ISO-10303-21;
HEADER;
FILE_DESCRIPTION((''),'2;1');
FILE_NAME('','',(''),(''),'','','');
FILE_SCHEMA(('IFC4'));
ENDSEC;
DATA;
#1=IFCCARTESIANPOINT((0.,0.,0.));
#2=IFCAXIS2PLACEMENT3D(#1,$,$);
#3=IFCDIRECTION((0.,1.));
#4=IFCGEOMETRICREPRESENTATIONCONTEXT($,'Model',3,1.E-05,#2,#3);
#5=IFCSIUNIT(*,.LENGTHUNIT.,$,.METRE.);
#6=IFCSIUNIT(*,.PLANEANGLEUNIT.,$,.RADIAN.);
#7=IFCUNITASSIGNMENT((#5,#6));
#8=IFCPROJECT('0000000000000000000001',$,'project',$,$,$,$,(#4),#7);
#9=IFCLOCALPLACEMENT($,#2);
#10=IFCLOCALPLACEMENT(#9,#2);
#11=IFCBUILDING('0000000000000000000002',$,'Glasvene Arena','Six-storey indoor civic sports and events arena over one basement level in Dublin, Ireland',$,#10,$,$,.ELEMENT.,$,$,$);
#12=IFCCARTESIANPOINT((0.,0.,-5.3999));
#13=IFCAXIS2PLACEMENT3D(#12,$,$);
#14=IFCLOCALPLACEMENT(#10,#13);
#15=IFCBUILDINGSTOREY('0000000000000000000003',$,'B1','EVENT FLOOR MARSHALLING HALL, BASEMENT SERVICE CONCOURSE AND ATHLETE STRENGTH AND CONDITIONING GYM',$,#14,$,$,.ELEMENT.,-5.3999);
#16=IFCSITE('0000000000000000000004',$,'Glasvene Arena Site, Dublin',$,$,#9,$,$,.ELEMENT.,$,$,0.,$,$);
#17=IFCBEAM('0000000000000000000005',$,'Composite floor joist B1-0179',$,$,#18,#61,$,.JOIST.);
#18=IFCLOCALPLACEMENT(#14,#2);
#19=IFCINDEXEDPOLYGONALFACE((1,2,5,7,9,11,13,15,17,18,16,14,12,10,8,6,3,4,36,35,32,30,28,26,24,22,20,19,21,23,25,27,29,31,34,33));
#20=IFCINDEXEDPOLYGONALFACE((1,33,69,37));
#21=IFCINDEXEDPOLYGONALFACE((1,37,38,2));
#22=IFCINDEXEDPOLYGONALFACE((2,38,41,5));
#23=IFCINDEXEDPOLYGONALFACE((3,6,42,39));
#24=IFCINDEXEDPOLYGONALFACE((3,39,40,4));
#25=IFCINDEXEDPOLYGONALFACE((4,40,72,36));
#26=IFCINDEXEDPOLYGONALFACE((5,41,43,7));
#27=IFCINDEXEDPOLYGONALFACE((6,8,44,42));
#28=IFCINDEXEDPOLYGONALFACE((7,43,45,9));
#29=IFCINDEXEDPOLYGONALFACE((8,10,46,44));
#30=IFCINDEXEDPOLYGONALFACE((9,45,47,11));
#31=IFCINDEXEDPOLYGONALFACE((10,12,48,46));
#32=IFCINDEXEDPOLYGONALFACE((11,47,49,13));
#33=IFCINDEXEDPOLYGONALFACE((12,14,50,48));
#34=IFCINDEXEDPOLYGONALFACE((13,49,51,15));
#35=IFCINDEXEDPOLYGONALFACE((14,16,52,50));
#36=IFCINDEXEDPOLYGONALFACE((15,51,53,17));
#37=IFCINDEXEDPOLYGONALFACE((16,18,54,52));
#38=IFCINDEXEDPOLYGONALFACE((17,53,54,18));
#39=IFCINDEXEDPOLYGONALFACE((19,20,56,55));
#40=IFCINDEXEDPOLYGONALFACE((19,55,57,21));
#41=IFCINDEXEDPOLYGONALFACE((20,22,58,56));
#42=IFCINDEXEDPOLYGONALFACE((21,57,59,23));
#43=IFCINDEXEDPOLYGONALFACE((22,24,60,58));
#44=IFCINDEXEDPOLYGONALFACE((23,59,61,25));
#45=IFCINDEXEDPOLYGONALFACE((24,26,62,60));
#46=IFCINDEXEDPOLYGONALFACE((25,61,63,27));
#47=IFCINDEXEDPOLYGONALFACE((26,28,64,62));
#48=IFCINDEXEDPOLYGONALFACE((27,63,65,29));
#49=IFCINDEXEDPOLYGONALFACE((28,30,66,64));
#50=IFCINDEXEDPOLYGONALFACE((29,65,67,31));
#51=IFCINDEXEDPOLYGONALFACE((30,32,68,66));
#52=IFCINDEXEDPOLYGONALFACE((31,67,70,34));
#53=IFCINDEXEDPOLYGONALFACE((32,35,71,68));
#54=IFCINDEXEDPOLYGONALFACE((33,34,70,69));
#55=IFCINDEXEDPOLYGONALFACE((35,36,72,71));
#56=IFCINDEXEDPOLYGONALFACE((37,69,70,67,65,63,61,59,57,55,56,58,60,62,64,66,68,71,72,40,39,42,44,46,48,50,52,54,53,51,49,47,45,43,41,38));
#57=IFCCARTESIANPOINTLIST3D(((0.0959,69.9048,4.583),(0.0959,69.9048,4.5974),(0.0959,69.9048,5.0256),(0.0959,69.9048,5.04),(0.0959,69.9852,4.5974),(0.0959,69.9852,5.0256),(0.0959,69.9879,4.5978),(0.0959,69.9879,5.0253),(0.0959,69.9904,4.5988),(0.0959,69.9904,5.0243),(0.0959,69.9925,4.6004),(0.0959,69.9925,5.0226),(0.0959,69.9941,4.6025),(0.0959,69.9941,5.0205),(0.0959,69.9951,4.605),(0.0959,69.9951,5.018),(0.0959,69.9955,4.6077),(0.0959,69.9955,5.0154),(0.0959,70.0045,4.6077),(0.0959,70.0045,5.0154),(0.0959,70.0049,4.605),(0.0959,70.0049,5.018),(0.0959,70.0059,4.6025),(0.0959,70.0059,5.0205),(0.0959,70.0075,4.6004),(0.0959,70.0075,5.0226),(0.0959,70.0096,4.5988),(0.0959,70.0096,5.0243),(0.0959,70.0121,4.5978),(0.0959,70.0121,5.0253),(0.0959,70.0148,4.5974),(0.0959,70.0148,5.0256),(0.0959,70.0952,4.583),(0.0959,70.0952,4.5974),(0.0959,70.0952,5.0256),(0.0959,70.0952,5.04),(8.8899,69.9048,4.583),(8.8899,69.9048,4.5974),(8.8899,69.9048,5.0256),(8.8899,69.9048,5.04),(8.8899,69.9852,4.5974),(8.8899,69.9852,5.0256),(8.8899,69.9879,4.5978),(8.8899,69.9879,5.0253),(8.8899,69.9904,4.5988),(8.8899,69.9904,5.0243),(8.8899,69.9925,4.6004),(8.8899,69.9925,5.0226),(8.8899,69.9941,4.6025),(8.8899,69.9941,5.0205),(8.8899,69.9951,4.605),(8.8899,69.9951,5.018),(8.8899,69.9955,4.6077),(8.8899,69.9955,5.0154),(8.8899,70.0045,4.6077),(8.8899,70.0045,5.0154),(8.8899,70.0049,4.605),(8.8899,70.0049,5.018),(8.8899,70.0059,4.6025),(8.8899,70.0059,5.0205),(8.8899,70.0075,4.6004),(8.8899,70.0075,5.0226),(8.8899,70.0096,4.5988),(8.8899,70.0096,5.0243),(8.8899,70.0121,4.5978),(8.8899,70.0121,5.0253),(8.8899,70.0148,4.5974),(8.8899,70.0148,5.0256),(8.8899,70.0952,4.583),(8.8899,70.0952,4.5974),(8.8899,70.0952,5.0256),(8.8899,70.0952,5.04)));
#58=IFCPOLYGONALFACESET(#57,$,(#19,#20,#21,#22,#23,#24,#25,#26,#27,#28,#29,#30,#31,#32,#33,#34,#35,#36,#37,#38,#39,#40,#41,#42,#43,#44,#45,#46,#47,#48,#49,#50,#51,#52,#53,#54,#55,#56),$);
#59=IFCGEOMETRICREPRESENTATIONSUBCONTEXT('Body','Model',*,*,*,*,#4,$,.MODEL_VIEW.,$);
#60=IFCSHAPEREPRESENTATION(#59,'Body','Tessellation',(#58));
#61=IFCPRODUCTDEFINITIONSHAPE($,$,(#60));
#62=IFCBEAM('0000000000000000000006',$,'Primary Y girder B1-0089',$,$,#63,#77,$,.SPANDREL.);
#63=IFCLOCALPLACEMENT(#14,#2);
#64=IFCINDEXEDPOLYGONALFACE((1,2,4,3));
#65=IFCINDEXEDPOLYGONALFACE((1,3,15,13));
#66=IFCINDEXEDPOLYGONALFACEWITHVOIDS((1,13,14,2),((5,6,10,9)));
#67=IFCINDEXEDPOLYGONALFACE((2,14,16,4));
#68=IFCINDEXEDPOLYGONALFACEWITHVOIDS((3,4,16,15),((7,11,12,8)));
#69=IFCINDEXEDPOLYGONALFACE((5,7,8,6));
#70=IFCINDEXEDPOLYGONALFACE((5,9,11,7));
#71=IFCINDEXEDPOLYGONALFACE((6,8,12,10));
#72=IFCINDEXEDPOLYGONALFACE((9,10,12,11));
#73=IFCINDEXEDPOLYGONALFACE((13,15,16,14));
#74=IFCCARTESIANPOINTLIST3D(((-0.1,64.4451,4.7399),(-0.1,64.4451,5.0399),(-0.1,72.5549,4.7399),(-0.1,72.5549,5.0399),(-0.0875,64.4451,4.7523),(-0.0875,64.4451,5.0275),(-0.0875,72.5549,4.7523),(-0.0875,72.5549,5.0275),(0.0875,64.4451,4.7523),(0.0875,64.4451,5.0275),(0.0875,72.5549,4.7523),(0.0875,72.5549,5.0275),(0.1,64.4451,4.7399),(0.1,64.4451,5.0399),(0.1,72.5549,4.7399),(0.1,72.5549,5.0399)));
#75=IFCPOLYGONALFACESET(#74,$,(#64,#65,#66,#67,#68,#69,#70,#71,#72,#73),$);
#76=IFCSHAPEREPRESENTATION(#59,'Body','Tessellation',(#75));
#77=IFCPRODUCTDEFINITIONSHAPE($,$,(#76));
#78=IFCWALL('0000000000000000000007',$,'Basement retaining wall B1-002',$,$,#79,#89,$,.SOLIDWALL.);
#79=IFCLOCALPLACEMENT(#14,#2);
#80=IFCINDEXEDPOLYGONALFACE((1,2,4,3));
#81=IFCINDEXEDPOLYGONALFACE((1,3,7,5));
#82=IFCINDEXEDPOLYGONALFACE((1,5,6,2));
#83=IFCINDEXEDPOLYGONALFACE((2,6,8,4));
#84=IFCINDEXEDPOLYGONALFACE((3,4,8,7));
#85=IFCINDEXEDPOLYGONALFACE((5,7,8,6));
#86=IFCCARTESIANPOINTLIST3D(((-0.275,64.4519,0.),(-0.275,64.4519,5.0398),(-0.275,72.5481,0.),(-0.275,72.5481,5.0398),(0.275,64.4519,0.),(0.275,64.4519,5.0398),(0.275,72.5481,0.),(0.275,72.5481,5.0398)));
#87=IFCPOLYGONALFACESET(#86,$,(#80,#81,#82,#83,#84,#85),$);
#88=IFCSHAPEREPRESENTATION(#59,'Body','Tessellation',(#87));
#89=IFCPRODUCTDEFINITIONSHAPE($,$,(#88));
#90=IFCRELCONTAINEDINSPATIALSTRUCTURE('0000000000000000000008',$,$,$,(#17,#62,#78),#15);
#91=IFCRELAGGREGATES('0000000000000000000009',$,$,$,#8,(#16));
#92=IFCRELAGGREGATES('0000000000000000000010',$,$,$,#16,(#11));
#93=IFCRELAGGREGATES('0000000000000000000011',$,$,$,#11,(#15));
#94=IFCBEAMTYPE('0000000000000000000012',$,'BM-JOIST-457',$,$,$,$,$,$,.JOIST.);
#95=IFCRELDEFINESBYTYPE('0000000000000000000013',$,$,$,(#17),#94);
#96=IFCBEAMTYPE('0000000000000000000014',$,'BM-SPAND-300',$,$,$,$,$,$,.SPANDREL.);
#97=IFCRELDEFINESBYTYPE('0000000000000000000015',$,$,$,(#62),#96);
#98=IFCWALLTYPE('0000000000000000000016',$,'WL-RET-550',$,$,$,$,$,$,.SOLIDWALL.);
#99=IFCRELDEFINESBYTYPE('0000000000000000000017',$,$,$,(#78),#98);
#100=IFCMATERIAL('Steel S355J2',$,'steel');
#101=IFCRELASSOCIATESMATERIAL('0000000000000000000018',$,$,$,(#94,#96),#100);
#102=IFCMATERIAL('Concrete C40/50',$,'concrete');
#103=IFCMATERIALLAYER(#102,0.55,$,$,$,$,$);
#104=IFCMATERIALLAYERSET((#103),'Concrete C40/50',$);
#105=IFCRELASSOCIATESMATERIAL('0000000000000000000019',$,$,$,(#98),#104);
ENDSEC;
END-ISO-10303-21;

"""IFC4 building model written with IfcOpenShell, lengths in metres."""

from ifc_helpers import new_model, si_unit, direction, frame, frame_2d, origin, origin_2d, place, context, subcontext, project, spatial, rectangle, hollow_rectangle, i_section, extrude, material, layer, layer_set, material_profile, profile_set, type_object, element, save


model = new_model("IFC4")

# Units and contexts
model_context = context("Model", 3, precision=1e-05, world=origin(), true_north=direction((0.0, 1.0)))
body_context = subcontext(model_context, "Body", "Model", "MODEL_VIEW")
ifc_project = project(units=[si_unit("LENGTHUNIT", "METRE"), si_unit("PLANEANGLEUNIT", "RADIAN")], contexts=[model_context])

# Site, building, storey
site_placement = place(None, origin())
site = spatial("IfcSite", under=ifc_project, at=site_placement, Name="Glasvene Arena Site, Dublin", CompositionType="ELEMENT", RefElevation=0.0)
building_placement = place(site_placement, origin())
building = spatial("IfcBuilding", under=site, at=building_placement, Name="Glasvene Arena", Description="Six-storey indoor civic sports and events arena over one basement level in Dublin, Ireland", CompositionType="ELEMENT")
storey_placement = place(building_placement, frame((0.0, 0.0, -5.3999)))
storey = spatial("IfcBuildingStorey", under=building, at=storey_placement, Name="B1", Description="EVENT FLOOR MARSHALLING HALL, BASEMENT SERVICE CONCOURSE AND ATHLETE STRENGTH AND CONDITIONING GYM", CompositionType="ELEMENT", Elevation=-5.3999)

# Shared definitions
ifc_material_1 = material(Name="Concrete C40/50", Category="concrete")

# Beams
ifc_material_2 = material(Name="Steel S355J2", Category="steel")
ifc_material_profile_1 = material_profile(ifc_material_2, i_section(OverallWidth=0.1904, OverallDepth=0.457, WebThickness=0.009, FlangeThickness=0.0144, FilletRadius=0.0103, at=origin_2d()), Name="UKB 457x191x74")
ifc_profile_set_1 = profile_set([ifc_material_profile_1], Name="Steel S355J2")
beam_type_1 = type_object("IfcBeamType", Name="BM-JOIST-457", PredefinedType="JOIST", material=ifc_profile_set_1)
for number, where, z_axis, x_axis, name in (
    (1, (0.0959, 70.0, 4.8115), (1.0, 0.0, 0.0), (0.0, 1.0, 0.0), "Composite floor joist B1-0179"),
):
    element("IfcBeam", number, at=place(storey_placement, frame(where, z_axis=z_axis, x_axis=x_axis)), inside=storey, type_object=beam_type_1, Name=name, PredefinedType="JOIST", context=body_context, shape_type="SweptSolid", body=[
        extrude(i_section(OverallWidth=0.1904, OverallDepth=0.457, WebThickness=0.009, FlangeThickness=0.0144, FilletRadius=0.0103, at=origin_2d()), origin(), (0.0, 0.0, 1.0), 8.7939),
    ])
ifc_material_profile_2 = material_profile(ifc_material_2, hollow_rectangle(XDim=0.2, YDim=0.3, WallThickness=0.0125, at=origin_2d()), Name="RHS 300x200x12.5")
ifc_profile_set_2 = profile_set([ifc_material_profile_2], Name="Steel S355J2")
beam_type_2 = type_object("IfcBeamType", Name="BM-SPAND-300", PredefinedType="SPANDREL", material=ifc_profile_set_2)
beam_1_placement = place(storey_placement, frame((0.0, 64.4451, 4.8899), z_axis=(0.0, 1.0, 0.0), x_axis=(-1.0, 0.0, 0.0)))
element("IfcBeam", 2, at=beam_1_placement, inside=storey, type_object=beam_type_2, Name="Primary Y girder B1-0089", PredefinedType="SPANDREL", context=body_context, shape_type="SweptSolid", body=[
    extrude(hollow_rectangle(XDim=0.2, YDim=0.3, WallThickness=0.0125, at=origin_2d()), origin(), (0.0, 0.0, 1.0), 8.1099),
])

# Wall
ifc_layer_1 = layer(ifc_material_1, 0.55)
ifc_layer_set_1 = layer_set([ifc_layer_1], Name="Concrete C40/50")
wall_type = type_object("IfcWallType", Name="WL-RET-550", PredefinedType="SOLIDWALL", material=ifc_layer_set_1)
wall_placement = place(storey_placement, frame((0.0, 64.4519, 0.0), z_axis=(0.0, 0.0, 1.0), x_axis=(0.0, 1.0, 0.0)))
element("IfcWall", 3, at=wall_placement, inside=storey, type_object=wall_type, Name="Basement retaining wall B1-002", PredefinedType="SOLIDWALL", context=body_context, shape_type="SweptSolid", body=[
    extrude(rectangle(XDim=8.0962, YDim=0.55, at=frame_2d((4.0481, 0.0))), origin(), (0.0, 0.0, 1.0), 5.0398),
])

save(model, "model.ifc")
